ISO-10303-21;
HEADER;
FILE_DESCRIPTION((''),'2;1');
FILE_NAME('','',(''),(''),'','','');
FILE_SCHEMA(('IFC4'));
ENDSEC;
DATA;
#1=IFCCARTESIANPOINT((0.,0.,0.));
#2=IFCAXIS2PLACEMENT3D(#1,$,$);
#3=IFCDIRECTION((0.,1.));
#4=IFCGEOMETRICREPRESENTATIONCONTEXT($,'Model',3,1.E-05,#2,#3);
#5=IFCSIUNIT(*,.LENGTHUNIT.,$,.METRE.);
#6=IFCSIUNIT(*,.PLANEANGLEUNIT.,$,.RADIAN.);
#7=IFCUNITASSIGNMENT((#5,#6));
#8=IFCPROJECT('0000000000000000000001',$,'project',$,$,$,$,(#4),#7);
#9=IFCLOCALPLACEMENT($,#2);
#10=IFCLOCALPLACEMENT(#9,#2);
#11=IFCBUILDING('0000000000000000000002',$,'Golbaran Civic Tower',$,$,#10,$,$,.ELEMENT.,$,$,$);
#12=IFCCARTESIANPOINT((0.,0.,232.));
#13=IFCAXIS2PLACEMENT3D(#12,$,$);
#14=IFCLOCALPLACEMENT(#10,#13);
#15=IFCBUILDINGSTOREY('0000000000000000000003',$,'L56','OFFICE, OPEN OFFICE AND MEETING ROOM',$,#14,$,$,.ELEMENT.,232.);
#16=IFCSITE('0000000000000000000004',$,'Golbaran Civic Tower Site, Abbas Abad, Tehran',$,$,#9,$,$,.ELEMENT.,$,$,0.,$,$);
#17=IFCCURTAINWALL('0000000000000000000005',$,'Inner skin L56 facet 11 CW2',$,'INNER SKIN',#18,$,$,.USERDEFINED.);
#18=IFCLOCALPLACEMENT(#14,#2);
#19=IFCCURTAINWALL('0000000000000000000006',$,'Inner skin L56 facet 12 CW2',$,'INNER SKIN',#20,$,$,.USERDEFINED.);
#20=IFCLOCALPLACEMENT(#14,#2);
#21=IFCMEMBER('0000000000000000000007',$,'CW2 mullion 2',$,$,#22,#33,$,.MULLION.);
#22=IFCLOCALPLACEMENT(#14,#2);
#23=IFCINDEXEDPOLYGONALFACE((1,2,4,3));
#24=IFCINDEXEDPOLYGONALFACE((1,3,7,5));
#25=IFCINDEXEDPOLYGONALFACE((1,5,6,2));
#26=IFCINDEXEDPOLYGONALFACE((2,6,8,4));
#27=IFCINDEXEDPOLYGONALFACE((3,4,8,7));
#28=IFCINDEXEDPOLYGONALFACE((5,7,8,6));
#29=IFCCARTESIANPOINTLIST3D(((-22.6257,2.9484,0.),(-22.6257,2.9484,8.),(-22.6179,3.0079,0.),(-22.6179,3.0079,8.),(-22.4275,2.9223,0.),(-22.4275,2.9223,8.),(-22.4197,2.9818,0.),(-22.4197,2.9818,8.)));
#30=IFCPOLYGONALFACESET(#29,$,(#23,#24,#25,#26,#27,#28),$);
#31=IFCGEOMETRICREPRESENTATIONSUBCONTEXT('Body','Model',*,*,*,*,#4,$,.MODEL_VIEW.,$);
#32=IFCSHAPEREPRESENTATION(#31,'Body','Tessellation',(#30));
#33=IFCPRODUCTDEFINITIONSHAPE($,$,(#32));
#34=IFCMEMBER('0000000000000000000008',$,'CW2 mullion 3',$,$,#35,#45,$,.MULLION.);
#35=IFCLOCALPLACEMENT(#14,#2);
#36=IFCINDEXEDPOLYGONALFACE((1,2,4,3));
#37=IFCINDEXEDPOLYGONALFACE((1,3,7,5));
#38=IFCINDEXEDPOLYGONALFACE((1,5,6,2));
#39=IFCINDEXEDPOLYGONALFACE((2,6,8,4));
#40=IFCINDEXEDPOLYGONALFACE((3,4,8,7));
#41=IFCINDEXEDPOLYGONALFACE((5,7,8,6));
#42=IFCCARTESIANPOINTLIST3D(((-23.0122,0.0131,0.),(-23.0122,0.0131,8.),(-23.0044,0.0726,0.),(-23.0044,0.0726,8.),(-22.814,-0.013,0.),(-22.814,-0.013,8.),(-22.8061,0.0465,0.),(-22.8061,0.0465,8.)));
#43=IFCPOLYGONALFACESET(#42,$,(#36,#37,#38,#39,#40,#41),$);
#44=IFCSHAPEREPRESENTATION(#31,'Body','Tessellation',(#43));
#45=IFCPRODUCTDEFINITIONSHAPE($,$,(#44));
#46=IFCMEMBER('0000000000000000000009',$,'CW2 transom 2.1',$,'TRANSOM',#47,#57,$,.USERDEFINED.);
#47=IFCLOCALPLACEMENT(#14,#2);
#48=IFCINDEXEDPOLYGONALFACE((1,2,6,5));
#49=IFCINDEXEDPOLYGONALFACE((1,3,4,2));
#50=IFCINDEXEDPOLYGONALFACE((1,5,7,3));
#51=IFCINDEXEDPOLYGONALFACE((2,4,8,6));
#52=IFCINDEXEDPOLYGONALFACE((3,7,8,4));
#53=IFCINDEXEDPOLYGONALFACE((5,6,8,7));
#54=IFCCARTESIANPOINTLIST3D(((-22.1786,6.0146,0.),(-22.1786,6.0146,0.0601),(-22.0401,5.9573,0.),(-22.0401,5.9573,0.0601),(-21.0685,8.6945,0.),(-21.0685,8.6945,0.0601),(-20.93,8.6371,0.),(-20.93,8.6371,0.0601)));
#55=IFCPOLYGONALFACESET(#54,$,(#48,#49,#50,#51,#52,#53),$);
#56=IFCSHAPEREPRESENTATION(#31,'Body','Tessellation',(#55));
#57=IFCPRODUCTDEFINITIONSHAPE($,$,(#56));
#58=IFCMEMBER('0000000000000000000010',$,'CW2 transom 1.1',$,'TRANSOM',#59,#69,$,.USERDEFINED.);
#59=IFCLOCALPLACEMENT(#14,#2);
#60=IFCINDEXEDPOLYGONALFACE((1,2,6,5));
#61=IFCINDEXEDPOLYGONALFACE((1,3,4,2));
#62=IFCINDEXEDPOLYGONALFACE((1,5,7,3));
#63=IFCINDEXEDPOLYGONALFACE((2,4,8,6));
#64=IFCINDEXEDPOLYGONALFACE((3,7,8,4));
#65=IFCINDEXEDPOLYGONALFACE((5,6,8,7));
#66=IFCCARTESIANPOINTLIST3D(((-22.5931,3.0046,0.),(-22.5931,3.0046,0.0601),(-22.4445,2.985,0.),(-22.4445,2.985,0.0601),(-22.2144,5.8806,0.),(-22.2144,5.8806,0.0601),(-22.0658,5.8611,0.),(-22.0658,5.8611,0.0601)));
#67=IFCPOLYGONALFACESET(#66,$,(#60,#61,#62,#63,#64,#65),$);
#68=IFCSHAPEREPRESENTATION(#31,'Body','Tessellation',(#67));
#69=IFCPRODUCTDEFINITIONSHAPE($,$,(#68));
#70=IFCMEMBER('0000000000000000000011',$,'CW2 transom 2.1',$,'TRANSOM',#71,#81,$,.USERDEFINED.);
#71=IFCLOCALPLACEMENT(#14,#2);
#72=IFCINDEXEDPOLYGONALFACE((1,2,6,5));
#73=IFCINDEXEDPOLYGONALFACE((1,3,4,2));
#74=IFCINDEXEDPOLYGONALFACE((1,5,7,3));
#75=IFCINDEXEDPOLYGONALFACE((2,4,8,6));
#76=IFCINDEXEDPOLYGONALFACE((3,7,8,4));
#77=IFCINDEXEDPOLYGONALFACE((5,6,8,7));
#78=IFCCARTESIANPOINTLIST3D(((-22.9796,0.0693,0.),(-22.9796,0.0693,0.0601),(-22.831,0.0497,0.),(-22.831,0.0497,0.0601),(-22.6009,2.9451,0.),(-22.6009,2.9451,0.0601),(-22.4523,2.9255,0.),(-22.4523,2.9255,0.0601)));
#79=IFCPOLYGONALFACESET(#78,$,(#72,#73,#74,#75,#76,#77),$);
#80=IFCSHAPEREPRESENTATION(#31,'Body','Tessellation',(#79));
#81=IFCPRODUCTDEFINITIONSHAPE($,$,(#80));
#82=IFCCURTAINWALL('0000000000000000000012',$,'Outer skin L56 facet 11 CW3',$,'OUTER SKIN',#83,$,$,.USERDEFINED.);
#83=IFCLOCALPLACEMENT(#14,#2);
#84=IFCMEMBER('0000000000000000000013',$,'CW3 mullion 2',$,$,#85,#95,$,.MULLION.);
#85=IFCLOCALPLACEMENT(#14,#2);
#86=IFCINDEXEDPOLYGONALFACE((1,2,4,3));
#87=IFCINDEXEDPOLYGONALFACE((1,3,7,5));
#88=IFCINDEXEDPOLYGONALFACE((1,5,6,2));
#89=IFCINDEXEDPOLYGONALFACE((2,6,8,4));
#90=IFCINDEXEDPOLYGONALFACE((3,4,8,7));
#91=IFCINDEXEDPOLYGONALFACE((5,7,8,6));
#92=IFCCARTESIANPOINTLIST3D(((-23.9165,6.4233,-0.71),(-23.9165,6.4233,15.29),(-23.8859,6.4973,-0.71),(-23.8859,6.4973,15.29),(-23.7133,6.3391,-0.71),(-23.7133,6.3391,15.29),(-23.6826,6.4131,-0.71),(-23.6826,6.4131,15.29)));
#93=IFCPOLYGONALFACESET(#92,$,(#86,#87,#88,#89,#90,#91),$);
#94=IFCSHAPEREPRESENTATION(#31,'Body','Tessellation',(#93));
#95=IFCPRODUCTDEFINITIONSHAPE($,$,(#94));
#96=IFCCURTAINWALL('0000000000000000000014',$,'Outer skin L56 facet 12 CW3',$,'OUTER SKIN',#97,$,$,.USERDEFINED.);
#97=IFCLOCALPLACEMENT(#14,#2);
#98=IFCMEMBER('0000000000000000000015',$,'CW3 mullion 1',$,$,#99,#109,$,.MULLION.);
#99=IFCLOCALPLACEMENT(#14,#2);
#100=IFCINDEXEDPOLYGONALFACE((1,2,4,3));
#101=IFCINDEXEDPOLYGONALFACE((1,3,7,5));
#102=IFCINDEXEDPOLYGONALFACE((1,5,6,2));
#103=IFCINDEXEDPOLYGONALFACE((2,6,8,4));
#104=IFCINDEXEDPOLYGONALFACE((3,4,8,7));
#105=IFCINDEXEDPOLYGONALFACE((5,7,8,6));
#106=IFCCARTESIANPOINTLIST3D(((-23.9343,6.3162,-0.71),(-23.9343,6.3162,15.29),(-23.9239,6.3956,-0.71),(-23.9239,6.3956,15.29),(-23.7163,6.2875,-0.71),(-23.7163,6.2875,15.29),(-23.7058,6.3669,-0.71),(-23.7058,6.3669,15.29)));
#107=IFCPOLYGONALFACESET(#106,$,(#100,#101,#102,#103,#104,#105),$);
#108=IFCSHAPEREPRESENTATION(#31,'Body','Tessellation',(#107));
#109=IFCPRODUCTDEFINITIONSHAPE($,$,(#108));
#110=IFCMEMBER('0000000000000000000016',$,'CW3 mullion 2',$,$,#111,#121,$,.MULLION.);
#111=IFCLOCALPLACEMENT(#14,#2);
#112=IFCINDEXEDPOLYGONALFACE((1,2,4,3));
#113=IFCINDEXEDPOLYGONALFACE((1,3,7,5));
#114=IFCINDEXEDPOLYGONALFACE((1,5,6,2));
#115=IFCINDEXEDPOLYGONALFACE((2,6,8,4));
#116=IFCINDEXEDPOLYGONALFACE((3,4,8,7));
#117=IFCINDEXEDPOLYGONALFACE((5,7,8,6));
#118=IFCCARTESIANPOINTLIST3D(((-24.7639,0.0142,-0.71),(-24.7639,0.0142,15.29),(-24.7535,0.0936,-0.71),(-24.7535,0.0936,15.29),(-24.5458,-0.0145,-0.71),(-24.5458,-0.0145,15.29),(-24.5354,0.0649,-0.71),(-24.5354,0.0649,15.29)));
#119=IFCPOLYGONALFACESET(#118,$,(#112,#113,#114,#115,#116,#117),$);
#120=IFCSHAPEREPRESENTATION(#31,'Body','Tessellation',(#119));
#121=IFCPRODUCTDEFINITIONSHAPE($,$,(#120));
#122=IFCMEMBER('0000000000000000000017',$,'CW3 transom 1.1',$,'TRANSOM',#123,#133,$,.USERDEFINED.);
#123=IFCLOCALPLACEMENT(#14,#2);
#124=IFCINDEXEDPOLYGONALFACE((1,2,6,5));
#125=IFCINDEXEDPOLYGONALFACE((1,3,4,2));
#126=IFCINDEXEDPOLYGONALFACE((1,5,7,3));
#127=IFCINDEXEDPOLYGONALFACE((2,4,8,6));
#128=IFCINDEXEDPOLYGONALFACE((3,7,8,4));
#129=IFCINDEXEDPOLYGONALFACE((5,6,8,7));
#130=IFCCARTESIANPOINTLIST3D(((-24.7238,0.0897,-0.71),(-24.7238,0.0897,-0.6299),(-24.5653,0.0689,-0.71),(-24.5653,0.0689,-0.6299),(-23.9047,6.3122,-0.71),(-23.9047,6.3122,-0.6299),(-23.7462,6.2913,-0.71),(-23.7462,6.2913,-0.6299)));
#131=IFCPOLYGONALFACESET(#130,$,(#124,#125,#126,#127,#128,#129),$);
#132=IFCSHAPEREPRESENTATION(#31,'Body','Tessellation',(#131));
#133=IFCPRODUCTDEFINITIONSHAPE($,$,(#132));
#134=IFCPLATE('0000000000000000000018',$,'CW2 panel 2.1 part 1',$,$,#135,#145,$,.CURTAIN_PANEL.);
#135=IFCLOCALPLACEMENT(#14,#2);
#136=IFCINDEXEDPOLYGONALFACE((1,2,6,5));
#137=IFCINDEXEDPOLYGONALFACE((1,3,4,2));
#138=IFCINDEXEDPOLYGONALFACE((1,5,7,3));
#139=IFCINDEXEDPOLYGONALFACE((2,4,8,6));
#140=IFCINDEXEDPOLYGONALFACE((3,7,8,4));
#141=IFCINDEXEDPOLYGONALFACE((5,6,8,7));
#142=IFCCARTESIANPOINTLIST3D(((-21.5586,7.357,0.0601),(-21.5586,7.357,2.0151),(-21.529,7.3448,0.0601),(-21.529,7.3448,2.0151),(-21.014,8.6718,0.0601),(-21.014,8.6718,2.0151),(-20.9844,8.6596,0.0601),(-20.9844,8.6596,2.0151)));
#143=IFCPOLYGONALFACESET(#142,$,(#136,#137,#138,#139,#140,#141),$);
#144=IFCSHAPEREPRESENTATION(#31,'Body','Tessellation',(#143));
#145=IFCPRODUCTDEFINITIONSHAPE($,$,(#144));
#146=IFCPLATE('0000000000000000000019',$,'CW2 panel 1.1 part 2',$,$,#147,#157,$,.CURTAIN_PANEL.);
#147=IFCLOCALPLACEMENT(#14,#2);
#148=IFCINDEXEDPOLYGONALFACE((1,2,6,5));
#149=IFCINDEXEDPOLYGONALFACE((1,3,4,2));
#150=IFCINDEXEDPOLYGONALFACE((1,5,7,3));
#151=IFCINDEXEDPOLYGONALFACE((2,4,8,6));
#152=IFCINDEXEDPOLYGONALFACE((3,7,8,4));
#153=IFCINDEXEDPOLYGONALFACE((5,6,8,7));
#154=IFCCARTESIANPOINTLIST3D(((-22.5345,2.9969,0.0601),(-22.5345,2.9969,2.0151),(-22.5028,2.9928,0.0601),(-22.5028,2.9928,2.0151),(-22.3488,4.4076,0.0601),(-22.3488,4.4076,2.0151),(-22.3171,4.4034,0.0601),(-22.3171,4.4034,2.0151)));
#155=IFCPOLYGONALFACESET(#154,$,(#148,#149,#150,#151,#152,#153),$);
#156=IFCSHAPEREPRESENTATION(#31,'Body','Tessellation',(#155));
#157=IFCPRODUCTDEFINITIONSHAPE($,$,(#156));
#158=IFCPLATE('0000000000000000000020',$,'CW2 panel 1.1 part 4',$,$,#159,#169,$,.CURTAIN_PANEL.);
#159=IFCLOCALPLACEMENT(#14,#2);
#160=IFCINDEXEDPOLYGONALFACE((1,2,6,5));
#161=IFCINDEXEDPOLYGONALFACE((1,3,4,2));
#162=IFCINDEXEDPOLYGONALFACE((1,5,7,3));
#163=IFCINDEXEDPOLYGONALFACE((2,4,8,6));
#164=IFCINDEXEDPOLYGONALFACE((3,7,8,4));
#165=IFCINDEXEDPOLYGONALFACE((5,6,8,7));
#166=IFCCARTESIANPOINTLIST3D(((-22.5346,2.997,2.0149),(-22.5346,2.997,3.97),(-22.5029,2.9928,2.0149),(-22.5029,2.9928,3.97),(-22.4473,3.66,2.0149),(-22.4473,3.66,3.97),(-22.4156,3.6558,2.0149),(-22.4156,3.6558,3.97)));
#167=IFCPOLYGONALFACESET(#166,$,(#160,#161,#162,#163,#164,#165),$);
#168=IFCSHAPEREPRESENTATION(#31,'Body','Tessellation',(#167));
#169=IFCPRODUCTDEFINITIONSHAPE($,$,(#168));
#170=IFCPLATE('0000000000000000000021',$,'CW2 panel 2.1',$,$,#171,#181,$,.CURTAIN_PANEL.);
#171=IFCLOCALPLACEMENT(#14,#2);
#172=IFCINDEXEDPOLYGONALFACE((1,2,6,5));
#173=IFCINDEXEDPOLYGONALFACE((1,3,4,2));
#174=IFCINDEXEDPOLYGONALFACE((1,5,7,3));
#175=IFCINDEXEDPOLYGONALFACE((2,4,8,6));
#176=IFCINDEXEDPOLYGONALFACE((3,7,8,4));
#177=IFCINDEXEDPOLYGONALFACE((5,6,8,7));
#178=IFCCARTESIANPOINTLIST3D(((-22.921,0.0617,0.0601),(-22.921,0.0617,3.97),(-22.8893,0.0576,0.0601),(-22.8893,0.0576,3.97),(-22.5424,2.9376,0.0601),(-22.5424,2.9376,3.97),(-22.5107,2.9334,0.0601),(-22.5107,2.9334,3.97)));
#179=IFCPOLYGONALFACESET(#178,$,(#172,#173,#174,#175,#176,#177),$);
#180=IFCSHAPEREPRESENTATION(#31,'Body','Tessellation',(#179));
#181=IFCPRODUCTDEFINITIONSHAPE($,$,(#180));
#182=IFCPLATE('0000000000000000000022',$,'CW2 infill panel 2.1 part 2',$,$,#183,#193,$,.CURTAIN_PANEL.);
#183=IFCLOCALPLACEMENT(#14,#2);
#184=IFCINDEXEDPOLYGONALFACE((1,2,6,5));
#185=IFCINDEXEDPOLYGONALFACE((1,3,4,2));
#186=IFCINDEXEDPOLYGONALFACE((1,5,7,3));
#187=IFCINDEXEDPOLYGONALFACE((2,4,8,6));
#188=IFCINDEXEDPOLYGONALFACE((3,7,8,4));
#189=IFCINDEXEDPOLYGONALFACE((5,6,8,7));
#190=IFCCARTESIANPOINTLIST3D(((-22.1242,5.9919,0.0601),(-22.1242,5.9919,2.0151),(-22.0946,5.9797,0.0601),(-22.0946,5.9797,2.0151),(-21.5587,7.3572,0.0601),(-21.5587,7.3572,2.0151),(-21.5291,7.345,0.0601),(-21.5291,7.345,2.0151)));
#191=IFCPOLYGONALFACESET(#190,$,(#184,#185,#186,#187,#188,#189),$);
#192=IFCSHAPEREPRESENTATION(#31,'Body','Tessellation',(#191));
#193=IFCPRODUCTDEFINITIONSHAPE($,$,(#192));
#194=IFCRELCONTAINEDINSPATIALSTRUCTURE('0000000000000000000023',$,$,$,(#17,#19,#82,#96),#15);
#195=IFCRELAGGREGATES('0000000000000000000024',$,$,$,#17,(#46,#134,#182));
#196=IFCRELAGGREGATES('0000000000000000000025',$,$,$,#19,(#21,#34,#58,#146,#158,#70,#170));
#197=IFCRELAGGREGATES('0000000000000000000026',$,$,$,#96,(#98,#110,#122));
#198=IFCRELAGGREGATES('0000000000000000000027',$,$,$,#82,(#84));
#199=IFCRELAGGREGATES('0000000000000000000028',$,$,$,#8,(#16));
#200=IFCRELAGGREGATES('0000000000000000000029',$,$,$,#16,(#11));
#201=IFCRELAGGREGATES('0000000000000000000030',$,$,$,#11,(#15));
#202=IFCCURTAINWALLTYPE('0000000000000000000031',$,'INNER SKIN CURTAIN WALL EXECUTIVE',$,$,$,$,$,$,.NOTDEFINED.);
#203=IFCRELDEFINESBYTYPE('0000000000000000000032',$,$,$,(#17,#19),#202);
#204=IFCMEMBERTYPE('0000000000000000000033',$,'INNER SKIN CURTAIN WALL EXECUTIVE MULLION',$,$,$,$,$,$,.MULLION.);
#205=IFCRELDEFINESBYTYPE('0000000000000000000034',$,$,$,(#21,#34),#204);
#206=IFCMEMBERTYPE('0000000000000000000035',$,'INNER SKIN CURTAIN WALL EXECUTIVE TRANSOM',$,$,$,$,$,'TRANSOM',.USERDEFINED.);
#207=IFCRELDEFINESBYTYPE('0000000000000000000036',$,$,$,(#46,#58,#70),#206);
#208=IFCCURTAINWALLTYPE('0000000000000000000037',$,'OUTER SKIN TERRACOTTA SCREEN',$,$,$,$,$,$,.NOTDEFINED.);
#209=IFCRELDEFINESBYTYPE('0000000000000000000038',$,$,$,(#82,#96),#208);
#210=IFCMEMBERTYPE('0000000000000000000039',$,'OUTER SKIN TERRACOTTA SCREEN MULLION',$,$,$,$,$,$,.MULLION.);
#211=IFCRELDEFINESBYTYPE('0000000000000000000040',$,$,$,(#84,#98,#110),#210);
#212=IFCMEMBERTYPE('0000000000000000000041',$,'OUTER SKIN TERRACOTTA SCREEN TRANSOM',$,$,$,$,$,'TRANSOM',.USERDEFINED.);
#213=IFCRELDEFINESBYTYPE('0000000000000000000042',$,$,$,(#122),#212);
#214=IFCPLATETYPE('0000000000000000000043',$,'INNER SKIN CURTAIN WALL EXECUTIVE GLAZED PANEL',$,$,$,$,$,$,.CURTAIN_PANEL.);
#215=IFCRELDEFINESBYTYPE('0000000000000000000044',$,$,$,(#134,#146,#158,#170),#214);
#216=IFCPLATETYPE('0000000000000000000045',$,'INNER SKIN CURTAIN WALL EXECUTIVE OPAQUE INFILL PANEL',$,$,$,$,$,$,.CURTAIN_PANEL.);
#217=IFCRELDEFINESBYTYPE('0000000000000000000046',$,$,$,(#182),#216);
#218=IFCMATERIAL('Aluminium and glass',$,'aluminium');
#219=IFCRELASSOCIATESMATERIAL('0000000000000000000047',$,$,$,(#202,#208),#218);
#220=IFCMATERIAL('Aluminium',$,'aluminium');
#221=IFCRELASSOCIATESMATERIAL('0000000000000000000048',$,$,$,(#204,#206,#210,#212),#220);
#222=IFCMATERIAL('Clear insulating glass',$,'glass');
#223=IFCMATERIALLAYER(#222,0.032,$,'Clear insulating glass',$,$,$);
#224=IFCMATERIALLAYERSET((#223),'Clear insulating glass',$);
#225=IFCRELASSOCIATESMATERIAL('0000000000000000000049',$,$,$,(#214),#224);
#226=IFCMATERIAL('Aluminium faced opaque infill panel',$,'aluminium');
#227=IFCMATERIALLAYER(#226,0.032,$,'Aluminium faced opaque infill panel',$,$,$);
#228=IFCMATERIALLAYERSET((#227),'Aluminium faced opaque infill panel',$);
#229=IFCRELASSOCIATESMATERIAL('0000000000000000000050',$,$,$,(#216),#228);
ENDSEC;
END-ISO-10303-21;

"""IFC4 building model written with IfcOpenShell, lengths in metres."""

from ifc_helpers import new_model, si_unit, direction, frame, origin, origin_2d, place, context, subcontext, project, spatial, rectangle, extrude, material, layer, layer_set, material_profile, profile_set, type_object, element, aggregate, save


model = new_model("IFC4")

# Units and contexts
model_context = context("Model", 3, precision=1e-05, world=origin(), true_north=direction((0.0, 1.0)))
body_context = subcontext(model_context, "Body", "Model", "MODEL_VIEW")
ifc_project = project(units=[si_unit("LENGTHUNIT", "METRE"), si_unit("PLANEANGLEUNIT", "RADIAN")], contexts=[model_context])

# Site, building, storey
site_placement = place(None, origin())
site = spatial("IfcSite", under=ifc_project, at=site_placement, Name="Golbaran Civic Tower Site, Abbas Abad, Tehran", CompositionType="ELEMENT", RefElevation=0.0)
building_placement = place(site_placement, origin())
building = spatial("IfcBuilding", under=site, at=building_placement, Name="Golbaran Civic Tower", CompositionType="ELEMENT")
storey_placement = place(building_placement, frame((0.0, 0.0, 232.0)))
storey = spatial("IfcBuildingStorey", under=building, at=storey_placement, Name="L56", Description="OFFICE, OPEN OFFICE AND MEETING ROOM", CompositionType="ELEMENT", Elevation=232.0)

# Curtain walls, members
ifc_material_1 = material(Name="Aluminium and glass", Category="aluminium")
curtain_wall_type_1 = type_object("IfcCurtainWallType", Name="INNER SKIN CURTAIN WALL EXECUTIVE", PredefinedType="NOTDEFINED", material=ifc_material_1)
curtain_wall_1_placement = place(storey_placement, origin())
curtain_wall_1 = element("IfcCurtainWall", 1, at=curtain_wall_1_placement, inside=storey, type_object=curtain_wall_type_1, Name="Inner skin L56 facet 11 CW2", ObjectType="INNER SKIN", PredefinedType="USERDEFINED")
ifc_material_2 = material(Name="Aluminium", Category="aluminium")
ifc_material_profile_1 = material_profile(ifc_material_2, rectangle(XDim=0.2, YDim=0.0601, at=origin_2d()), Name="INNER SKIN CURTAIN WALL EXECUTIVE MULLION")
ifc_profile_set_1 = profile_set([ifc_material_profile_1], Name="Aluminium")
member_type_1 = type_object("IfcMemberType", Name="INNER SKIN CURTAIN WALL EXECUTIVE MULLION", PredefinedType="MULLION", material=ifc_profile_set_1)
curtain_wall_2_placement = place(storey_placement, origin())
curtain_wall_2 = element("IfcCurtainWall", 2, at=curtain_wall_2_placement, inside=storey, type_object=curtain_wall_type_1, Name="Inner skin L56 facet 12 CW2", ObjectType="INNER SKIN", PredefinedType="USERDEFINED")
member_1_placement = place(storey_placement, frame((-22.5227, 2.9651, 0.0), z_axis=(0.0, 0.0, 1.0), x_axis=(0.991445, -0.130526, 0.0)))
member_1 = element("IfcMember", 3, at=member_1_placement, type_object=member_type_1, Name="CW2 mullion 2", PredefinedType="MULLION", context=body_context, shape_type="SweptSolid", body=[
    extrude(rectangle(XDim=0.2, YDim=0.0601, at=origin_2d()), origin(), (0.0, 0.0, 1.0), 8.0),
])
member_2_placement = place(storey_placement, frame((-22.9092, 0.0298, 0.0), z_axis=(0.0, 0.0, 1.0), x_axis=(0.991445, -0.130526, 0.0)))
member_2 = element("IfcMember", 4, at=member_2_placement, type_object=member_type_1, Name="CW2 mullion 3", PredefinedType="MULLION", context=body_context, shape_type="SweptSolid", body=[
    extrude(rectangle(XDim=0.2, YDim=0.0601, at=origin_2d()), origin(), (0.0, 0.0, 1.0), 8.0),
])

# Members
ifc_material_profile_2 = material_profile(ifc_material_2, rectangle(XDim=0.1499, YDim=0.0601, at=origin_2d()), Name="INNER SKIN CURTAIN WALL EXECUTIVE TRANSOM")
ifc_profile_set_2 = profile_set([ifc_material_profile_2], Name="Aluminium")
member_type_2 = type_object("IfcMemberType", Name="INNER SKIN CURTAIN WALL EXECUTIVE TRANSOM", ElementType="TRANSOM", PredefinedType="USERDEFINED", material=ifc_profile_set_2)
member_3_placement = place(storey_placement, frame((-20.9993, 8.6658, 0.03), z_axis=(-0.382696, -0.923874, 0.0), x_axis=(0.923874, -0.382696, 0.0)))
member_3 = element("IfcMember", 5, at=member_3_placement, type_object=member_type_2, Name="CW2 transom 2.1", ObjectType="TRANSOM", PredefinedType="USERDEFINED", context=body_context, shape_type="SweptSolid", body=[
    extrude(rectangle(XDim=0.1499, YDim=0.0601, at=origin_2d()), origin(), (0.0, 0.0, 1.0), 2.9006),
])
member_4_placement = place(storey_placement, frame((-22.1401, 5.8708, 0.03), z_axis=(-0.130537, -0.991443, 0.0), x_axis=(0.991443, -0.130537, 0.0)))
member_4 = element("IfcMember", 6, at=member_4_placement, type_object=member_type_2, Name="CW2 transom 1.1", ObjectType="TRANSOM", PredefinedType="USERDEFINED", context=body_context, shape_type="SweptSolid", body=[
    extrude(rectangle(XDim=0.1499, YDim=0.0601, at=origin_2d()), origin(), (0.0, 0.0, 1.0), 2.9009),
])
member_5_placement = place(storey_placement, frame((-22.5266, 2.9353, 0.03), z_axis=(-0.130548, -0.991442, 0.0), x_axis=(0.991442, -0.130548, 0.0)))
member_5 = element("IfcMember", 7, at=member_5_placement, type_object=member_type_2, Name="CW2 transom 2.1", ObjectType="TRANSOM", PredefinedType="USERDEFINED", context=body_context, shape_type="SweptSolid", body=[
    extrude(rectangle(XDim=0.1499, YDim=0.0601, at=origin_2d()), origin(), (0.0, 0.0, 1.0), 2.9006),
])

# Curtain wall, member
curtain_wall_type_2 = type_object("IfcCurtainWallType", Name="OUTER SKIN TERRACOTTA SCREEN", PredefinedType="NOTDEFINED", material=ifc_material_1)
curtain_wall_3_placement = place(storey_placement, origin())
curtain_wall_3 = element("IfcCurtainWall", 8, at=curtain_wall_3_placement, inside=storey, type_object=curtain_wall_type_2, Name="Outer skin L56 facet 11 CW3", ObjectType="OUTER SKIN", PredefinedType="USERDEFINED")
ifc_material_profile_3 = material_profile(ifc_material_2, rectangle(XDim=0.22, YDim=0.0801, at=origin_2d()), Name="OUTER SKIN TERRACOTTA SCREEN MULLION")
ifc_profile_set_3 = profile_set([ifc_material_profile_3], Name="Aluminium")
member_type_3 = type_object("IfcMemberType", Name="OUTER SKIN TERRACOTTA SCREEN MULLION", PredefinedType="MULLION", material=ifc_profile_set_3)
member_6_placement = place(storey_placement, frame((-23.7996, 6.4182, -0.71), z_axis=(0.0, 0.0, 1.0), x_axis=(0.92388, -0.382683, 0.0)))
member_6 = element("IfcMember", 9, at=member_6_placement, type_object=member_type_3, Name="CW3 mullion 2", PredefinedType="MULLION", context=body_context, shape_type="SweptSolid", body=[
    extrude(rectangle(XDim=0.22, YDim=0.0801, at=origin_2d()), origin(), (0.0, 0.0, 1.0), 16.0),
])

# Curtain wall, members
curtain_wall_4_placement = place(storey_placement, origin())
curtain_wall_4 = element("IfcCurtainWall", 10, at=curtain_wall_4_placement, inside=storey, type_object=curtain_wall_type_2, Name="Outer skin L56 facet 12 CW3", ObjectType="OUTER SKIN", PredefinedType="USERDEFINED")
member_7_placement = place(storey_placement, frame((-23.8201, 6.3416, -0.71), z_axis=(0.0, 0.0, 1.0), x_axis=(0.991445, -0.130526, 0.0)))
member_7 = element("IfcMember", 11, at=member_7_placement, type_object=member_type_3, Name="CW3 mullion 1", PredefinedType="MULLION", context=body_context, shape_type="SweptSolid", body=[
    extrude(rectangle(XDim=0.22, YDim=0.0801, at=origin_2d()), origin(), (0.0, 0.0, 1.0), 16.0),
])
member_8_placement = place(storey_placement, frame((-24.6497, 0.0396, -0.71), z_axis=(0.0, 0.0, 1.0), x_axis=(0.991445, -0.130526, 0.0)))
member_8 = element("IfcMember", 12, at=member_8_placement, type_object=member_type_3, Name="CW3 mullion 2", PredefinedType="MULLION", context=body_context, shape_type="SweptSolid", body=[
    extrude(rectangle(XDim=0.22, YDim=0.0801, at=origin_2d()), origin(), (0.0, 0.0, 1.0), 16.0),
])
ifc_material_profile_4 = material_profile(ifc_material_2, rectangle(XDim=0.1599, YDim=0.0801, at=origin_2d()), Name="OUTER SKIN TERRACOTTA SCREEN TRANSOM")
ifc_profile_set_4 = profile_set([ifc_material_profile_4], Name="Aluminium")
member_type_4 = type_object("IfcMemberType", Name="OUTER SKIN TERRACOTTA SCREEN TRANSOM", ElementType="TRANSOM", PredefinedType="USERDEFINED", material=ifc_profile_set_4)
member_9_placement = place(storey_placement, frame((-23.8254, 6.3018, -0.6699), z_axis=(-0.13051, -0.991447, 0.0), x_axis=(0.991447, -0.13051, 0.0)))
member_9 = element("IfcMember", 13, at=member_9_placement, type_object=member_type_4, Name="CW3 transom 1.1", ObjectType="TRANSOM", PredefinedType="USERDEFINED", context=body_context, shape_type="SweptSolid", body=[
    extrude(rectangle(XDim=0.1599, YDim=0.0801, at=origin_2d()), origin(), (0.0, 0.0, 1.0), 6.2761),
])

# Plates
ifc_material_3 = material(Name="Clear insulating glass", Category="glass")
ifc_layer_1 = layer(ifc_material_3, 0.032, Name="Clear insulating glass")
ifc_layer_set_1 = layer_set([ifc_layer_1], Name="Clear insulating glass")
plate_type_1 = type_object("IfcPlateType", Name="INNER SKIN CURTAIN WALL EXECUTIVE GLAZED PANEL", PredefinedType="CURTAIN_PANEL", material=ifc_layer_set_1)
plate_1_placement = place(storey_placement, frame((-21.2715, 8.0083, 0.0601), z_axis=(0.0, 0.0, 1.0), x_axis=(-0.382683, -0.92388, 0.0)))
plate_1 = element("IfcPlate", 14, at=plate_1_placement, type_object=plate_type_1, Name="CW2 panel 2.1 part 1", PredefinedType="CURTAIN_PANEL", context=body_context, shape_type="SweptSolid", body=[
    extrude(rectangle(XDim=1.4231, YDim=0.032, at=origin_2d()), origin(), (0.0, 0.0, 1.0), 1.9551),
])
plate_2_placement = place(storey_placement, frame((-22.4258, 3.7002, 0.0601), z_axis=(0.0, 0.0, 1.0), x_axis=(-0.130526, -0.991445, 0.0)))
plate_2 = element("IfcPlate", 15, at=plate_2_placement, type_object=plate_type_1, Name="CW2 panel 1.1 part 2", PredefinedType="CURTAIN_PANEL", context=body_context, shape_type="SweptSolid", body=[
    extrude(rectangle(XDim=1.4229, YDim=0.032, at=origin_2d()), origin(), (0.0, 0.0, 1.0), 1.9551),
])
plate_3_placement = place(storey_placement, frame((-22.4751, 3.3264, 2.0149), z_axis=(0.0, 0.0, 1.0), x_axis=(-0.130526, -0.991445, 0.0)))
plate_3 = element("IfcPlate", 16, at=plate_3_placement, type_object=plate_type_1, Name="CW2 panel 1.1 part 4", PredefinedType="CURTAIN_PANEL", context=body_context, shape_type="SweptSolid", body=[
    extrude(rectangle(XDim=0.6687, YDim=0.032, at=origin_2d()), origin(), (0.0, 0.0, 1.0), 1.9551),
])
plate_4_placement = place(storey_placement, frame((-22.7158, 1.4976, 0.0601), z_axis=(0.0, 0.0, 1.0), x_axis=(-0.130526, -0.991445, 0.0)))
plate_4 = element("IfcPlate", 17, at=plate_4_placement, type_object=plate_type_1, Name="CW2 panel 2.1", PredefinedType="CURTAIN_PANEL", context=body_context, shape_type="SweptSolid", body=[
    extrude(rectangle(XDim=2.9006, YDim=0.032, at=origin_2d()), origin(), (0.0, 0.0, 1.0), 3.9099),
])
ifc_material_4 = material(Name="Aluminium faced opaque infill panel", Category="aluminium")
ifc_layer_2 = layer(ifc_material_4, 0.032, Name="Aluminium faced opaque infill panel")
ifc_layer_set_2 = layer_set([ifc_layer_2], Name="Aluminium faced opaque infill panel")
plate_type_2 = type_object("IfcPlateType", Name="INNER SKIN CURTAIN WALL EXECUTIVE OPAQUE INFILL PANEL", PredefinedType="CURTAIN_PANEL", material=ifc_layer_set_2)
plate_5_placement = place(storey_placement, frame((-21.8267, 6.6685, 0.0601), z_axis=(0.0, 0.0, 1.0), x_axis=(-0.382683, -0.92388, 0.0)))
plate_5 = element("IfcPlate", 18, at=plate_5_placement, type_object=plate_type_2, Name="CW2 infill panel 2.1 part 2", PredefinedType="CURTAIN_PANEL", context=body_context, shape_type="SweptSolid", body=[
    extrude(rectangle(XDim=1.4778, YDim=0.032, at=origin_2d()), origin(), (0.0, 0.0, 1.0), 1.9551),
])
aggregate(curtain_wall_1, [member_3, plate_1, plate_5])
aggregate(curtain_wall_2, [member_1, member_2, member_4, plate_2, plate_3, member_5, plate_4])
aggregate(curtain_wall_4, [member_7, member_8, member_9])
aggregate(curtain_wall_3, [member_6])

save(model, "model.ifc")
